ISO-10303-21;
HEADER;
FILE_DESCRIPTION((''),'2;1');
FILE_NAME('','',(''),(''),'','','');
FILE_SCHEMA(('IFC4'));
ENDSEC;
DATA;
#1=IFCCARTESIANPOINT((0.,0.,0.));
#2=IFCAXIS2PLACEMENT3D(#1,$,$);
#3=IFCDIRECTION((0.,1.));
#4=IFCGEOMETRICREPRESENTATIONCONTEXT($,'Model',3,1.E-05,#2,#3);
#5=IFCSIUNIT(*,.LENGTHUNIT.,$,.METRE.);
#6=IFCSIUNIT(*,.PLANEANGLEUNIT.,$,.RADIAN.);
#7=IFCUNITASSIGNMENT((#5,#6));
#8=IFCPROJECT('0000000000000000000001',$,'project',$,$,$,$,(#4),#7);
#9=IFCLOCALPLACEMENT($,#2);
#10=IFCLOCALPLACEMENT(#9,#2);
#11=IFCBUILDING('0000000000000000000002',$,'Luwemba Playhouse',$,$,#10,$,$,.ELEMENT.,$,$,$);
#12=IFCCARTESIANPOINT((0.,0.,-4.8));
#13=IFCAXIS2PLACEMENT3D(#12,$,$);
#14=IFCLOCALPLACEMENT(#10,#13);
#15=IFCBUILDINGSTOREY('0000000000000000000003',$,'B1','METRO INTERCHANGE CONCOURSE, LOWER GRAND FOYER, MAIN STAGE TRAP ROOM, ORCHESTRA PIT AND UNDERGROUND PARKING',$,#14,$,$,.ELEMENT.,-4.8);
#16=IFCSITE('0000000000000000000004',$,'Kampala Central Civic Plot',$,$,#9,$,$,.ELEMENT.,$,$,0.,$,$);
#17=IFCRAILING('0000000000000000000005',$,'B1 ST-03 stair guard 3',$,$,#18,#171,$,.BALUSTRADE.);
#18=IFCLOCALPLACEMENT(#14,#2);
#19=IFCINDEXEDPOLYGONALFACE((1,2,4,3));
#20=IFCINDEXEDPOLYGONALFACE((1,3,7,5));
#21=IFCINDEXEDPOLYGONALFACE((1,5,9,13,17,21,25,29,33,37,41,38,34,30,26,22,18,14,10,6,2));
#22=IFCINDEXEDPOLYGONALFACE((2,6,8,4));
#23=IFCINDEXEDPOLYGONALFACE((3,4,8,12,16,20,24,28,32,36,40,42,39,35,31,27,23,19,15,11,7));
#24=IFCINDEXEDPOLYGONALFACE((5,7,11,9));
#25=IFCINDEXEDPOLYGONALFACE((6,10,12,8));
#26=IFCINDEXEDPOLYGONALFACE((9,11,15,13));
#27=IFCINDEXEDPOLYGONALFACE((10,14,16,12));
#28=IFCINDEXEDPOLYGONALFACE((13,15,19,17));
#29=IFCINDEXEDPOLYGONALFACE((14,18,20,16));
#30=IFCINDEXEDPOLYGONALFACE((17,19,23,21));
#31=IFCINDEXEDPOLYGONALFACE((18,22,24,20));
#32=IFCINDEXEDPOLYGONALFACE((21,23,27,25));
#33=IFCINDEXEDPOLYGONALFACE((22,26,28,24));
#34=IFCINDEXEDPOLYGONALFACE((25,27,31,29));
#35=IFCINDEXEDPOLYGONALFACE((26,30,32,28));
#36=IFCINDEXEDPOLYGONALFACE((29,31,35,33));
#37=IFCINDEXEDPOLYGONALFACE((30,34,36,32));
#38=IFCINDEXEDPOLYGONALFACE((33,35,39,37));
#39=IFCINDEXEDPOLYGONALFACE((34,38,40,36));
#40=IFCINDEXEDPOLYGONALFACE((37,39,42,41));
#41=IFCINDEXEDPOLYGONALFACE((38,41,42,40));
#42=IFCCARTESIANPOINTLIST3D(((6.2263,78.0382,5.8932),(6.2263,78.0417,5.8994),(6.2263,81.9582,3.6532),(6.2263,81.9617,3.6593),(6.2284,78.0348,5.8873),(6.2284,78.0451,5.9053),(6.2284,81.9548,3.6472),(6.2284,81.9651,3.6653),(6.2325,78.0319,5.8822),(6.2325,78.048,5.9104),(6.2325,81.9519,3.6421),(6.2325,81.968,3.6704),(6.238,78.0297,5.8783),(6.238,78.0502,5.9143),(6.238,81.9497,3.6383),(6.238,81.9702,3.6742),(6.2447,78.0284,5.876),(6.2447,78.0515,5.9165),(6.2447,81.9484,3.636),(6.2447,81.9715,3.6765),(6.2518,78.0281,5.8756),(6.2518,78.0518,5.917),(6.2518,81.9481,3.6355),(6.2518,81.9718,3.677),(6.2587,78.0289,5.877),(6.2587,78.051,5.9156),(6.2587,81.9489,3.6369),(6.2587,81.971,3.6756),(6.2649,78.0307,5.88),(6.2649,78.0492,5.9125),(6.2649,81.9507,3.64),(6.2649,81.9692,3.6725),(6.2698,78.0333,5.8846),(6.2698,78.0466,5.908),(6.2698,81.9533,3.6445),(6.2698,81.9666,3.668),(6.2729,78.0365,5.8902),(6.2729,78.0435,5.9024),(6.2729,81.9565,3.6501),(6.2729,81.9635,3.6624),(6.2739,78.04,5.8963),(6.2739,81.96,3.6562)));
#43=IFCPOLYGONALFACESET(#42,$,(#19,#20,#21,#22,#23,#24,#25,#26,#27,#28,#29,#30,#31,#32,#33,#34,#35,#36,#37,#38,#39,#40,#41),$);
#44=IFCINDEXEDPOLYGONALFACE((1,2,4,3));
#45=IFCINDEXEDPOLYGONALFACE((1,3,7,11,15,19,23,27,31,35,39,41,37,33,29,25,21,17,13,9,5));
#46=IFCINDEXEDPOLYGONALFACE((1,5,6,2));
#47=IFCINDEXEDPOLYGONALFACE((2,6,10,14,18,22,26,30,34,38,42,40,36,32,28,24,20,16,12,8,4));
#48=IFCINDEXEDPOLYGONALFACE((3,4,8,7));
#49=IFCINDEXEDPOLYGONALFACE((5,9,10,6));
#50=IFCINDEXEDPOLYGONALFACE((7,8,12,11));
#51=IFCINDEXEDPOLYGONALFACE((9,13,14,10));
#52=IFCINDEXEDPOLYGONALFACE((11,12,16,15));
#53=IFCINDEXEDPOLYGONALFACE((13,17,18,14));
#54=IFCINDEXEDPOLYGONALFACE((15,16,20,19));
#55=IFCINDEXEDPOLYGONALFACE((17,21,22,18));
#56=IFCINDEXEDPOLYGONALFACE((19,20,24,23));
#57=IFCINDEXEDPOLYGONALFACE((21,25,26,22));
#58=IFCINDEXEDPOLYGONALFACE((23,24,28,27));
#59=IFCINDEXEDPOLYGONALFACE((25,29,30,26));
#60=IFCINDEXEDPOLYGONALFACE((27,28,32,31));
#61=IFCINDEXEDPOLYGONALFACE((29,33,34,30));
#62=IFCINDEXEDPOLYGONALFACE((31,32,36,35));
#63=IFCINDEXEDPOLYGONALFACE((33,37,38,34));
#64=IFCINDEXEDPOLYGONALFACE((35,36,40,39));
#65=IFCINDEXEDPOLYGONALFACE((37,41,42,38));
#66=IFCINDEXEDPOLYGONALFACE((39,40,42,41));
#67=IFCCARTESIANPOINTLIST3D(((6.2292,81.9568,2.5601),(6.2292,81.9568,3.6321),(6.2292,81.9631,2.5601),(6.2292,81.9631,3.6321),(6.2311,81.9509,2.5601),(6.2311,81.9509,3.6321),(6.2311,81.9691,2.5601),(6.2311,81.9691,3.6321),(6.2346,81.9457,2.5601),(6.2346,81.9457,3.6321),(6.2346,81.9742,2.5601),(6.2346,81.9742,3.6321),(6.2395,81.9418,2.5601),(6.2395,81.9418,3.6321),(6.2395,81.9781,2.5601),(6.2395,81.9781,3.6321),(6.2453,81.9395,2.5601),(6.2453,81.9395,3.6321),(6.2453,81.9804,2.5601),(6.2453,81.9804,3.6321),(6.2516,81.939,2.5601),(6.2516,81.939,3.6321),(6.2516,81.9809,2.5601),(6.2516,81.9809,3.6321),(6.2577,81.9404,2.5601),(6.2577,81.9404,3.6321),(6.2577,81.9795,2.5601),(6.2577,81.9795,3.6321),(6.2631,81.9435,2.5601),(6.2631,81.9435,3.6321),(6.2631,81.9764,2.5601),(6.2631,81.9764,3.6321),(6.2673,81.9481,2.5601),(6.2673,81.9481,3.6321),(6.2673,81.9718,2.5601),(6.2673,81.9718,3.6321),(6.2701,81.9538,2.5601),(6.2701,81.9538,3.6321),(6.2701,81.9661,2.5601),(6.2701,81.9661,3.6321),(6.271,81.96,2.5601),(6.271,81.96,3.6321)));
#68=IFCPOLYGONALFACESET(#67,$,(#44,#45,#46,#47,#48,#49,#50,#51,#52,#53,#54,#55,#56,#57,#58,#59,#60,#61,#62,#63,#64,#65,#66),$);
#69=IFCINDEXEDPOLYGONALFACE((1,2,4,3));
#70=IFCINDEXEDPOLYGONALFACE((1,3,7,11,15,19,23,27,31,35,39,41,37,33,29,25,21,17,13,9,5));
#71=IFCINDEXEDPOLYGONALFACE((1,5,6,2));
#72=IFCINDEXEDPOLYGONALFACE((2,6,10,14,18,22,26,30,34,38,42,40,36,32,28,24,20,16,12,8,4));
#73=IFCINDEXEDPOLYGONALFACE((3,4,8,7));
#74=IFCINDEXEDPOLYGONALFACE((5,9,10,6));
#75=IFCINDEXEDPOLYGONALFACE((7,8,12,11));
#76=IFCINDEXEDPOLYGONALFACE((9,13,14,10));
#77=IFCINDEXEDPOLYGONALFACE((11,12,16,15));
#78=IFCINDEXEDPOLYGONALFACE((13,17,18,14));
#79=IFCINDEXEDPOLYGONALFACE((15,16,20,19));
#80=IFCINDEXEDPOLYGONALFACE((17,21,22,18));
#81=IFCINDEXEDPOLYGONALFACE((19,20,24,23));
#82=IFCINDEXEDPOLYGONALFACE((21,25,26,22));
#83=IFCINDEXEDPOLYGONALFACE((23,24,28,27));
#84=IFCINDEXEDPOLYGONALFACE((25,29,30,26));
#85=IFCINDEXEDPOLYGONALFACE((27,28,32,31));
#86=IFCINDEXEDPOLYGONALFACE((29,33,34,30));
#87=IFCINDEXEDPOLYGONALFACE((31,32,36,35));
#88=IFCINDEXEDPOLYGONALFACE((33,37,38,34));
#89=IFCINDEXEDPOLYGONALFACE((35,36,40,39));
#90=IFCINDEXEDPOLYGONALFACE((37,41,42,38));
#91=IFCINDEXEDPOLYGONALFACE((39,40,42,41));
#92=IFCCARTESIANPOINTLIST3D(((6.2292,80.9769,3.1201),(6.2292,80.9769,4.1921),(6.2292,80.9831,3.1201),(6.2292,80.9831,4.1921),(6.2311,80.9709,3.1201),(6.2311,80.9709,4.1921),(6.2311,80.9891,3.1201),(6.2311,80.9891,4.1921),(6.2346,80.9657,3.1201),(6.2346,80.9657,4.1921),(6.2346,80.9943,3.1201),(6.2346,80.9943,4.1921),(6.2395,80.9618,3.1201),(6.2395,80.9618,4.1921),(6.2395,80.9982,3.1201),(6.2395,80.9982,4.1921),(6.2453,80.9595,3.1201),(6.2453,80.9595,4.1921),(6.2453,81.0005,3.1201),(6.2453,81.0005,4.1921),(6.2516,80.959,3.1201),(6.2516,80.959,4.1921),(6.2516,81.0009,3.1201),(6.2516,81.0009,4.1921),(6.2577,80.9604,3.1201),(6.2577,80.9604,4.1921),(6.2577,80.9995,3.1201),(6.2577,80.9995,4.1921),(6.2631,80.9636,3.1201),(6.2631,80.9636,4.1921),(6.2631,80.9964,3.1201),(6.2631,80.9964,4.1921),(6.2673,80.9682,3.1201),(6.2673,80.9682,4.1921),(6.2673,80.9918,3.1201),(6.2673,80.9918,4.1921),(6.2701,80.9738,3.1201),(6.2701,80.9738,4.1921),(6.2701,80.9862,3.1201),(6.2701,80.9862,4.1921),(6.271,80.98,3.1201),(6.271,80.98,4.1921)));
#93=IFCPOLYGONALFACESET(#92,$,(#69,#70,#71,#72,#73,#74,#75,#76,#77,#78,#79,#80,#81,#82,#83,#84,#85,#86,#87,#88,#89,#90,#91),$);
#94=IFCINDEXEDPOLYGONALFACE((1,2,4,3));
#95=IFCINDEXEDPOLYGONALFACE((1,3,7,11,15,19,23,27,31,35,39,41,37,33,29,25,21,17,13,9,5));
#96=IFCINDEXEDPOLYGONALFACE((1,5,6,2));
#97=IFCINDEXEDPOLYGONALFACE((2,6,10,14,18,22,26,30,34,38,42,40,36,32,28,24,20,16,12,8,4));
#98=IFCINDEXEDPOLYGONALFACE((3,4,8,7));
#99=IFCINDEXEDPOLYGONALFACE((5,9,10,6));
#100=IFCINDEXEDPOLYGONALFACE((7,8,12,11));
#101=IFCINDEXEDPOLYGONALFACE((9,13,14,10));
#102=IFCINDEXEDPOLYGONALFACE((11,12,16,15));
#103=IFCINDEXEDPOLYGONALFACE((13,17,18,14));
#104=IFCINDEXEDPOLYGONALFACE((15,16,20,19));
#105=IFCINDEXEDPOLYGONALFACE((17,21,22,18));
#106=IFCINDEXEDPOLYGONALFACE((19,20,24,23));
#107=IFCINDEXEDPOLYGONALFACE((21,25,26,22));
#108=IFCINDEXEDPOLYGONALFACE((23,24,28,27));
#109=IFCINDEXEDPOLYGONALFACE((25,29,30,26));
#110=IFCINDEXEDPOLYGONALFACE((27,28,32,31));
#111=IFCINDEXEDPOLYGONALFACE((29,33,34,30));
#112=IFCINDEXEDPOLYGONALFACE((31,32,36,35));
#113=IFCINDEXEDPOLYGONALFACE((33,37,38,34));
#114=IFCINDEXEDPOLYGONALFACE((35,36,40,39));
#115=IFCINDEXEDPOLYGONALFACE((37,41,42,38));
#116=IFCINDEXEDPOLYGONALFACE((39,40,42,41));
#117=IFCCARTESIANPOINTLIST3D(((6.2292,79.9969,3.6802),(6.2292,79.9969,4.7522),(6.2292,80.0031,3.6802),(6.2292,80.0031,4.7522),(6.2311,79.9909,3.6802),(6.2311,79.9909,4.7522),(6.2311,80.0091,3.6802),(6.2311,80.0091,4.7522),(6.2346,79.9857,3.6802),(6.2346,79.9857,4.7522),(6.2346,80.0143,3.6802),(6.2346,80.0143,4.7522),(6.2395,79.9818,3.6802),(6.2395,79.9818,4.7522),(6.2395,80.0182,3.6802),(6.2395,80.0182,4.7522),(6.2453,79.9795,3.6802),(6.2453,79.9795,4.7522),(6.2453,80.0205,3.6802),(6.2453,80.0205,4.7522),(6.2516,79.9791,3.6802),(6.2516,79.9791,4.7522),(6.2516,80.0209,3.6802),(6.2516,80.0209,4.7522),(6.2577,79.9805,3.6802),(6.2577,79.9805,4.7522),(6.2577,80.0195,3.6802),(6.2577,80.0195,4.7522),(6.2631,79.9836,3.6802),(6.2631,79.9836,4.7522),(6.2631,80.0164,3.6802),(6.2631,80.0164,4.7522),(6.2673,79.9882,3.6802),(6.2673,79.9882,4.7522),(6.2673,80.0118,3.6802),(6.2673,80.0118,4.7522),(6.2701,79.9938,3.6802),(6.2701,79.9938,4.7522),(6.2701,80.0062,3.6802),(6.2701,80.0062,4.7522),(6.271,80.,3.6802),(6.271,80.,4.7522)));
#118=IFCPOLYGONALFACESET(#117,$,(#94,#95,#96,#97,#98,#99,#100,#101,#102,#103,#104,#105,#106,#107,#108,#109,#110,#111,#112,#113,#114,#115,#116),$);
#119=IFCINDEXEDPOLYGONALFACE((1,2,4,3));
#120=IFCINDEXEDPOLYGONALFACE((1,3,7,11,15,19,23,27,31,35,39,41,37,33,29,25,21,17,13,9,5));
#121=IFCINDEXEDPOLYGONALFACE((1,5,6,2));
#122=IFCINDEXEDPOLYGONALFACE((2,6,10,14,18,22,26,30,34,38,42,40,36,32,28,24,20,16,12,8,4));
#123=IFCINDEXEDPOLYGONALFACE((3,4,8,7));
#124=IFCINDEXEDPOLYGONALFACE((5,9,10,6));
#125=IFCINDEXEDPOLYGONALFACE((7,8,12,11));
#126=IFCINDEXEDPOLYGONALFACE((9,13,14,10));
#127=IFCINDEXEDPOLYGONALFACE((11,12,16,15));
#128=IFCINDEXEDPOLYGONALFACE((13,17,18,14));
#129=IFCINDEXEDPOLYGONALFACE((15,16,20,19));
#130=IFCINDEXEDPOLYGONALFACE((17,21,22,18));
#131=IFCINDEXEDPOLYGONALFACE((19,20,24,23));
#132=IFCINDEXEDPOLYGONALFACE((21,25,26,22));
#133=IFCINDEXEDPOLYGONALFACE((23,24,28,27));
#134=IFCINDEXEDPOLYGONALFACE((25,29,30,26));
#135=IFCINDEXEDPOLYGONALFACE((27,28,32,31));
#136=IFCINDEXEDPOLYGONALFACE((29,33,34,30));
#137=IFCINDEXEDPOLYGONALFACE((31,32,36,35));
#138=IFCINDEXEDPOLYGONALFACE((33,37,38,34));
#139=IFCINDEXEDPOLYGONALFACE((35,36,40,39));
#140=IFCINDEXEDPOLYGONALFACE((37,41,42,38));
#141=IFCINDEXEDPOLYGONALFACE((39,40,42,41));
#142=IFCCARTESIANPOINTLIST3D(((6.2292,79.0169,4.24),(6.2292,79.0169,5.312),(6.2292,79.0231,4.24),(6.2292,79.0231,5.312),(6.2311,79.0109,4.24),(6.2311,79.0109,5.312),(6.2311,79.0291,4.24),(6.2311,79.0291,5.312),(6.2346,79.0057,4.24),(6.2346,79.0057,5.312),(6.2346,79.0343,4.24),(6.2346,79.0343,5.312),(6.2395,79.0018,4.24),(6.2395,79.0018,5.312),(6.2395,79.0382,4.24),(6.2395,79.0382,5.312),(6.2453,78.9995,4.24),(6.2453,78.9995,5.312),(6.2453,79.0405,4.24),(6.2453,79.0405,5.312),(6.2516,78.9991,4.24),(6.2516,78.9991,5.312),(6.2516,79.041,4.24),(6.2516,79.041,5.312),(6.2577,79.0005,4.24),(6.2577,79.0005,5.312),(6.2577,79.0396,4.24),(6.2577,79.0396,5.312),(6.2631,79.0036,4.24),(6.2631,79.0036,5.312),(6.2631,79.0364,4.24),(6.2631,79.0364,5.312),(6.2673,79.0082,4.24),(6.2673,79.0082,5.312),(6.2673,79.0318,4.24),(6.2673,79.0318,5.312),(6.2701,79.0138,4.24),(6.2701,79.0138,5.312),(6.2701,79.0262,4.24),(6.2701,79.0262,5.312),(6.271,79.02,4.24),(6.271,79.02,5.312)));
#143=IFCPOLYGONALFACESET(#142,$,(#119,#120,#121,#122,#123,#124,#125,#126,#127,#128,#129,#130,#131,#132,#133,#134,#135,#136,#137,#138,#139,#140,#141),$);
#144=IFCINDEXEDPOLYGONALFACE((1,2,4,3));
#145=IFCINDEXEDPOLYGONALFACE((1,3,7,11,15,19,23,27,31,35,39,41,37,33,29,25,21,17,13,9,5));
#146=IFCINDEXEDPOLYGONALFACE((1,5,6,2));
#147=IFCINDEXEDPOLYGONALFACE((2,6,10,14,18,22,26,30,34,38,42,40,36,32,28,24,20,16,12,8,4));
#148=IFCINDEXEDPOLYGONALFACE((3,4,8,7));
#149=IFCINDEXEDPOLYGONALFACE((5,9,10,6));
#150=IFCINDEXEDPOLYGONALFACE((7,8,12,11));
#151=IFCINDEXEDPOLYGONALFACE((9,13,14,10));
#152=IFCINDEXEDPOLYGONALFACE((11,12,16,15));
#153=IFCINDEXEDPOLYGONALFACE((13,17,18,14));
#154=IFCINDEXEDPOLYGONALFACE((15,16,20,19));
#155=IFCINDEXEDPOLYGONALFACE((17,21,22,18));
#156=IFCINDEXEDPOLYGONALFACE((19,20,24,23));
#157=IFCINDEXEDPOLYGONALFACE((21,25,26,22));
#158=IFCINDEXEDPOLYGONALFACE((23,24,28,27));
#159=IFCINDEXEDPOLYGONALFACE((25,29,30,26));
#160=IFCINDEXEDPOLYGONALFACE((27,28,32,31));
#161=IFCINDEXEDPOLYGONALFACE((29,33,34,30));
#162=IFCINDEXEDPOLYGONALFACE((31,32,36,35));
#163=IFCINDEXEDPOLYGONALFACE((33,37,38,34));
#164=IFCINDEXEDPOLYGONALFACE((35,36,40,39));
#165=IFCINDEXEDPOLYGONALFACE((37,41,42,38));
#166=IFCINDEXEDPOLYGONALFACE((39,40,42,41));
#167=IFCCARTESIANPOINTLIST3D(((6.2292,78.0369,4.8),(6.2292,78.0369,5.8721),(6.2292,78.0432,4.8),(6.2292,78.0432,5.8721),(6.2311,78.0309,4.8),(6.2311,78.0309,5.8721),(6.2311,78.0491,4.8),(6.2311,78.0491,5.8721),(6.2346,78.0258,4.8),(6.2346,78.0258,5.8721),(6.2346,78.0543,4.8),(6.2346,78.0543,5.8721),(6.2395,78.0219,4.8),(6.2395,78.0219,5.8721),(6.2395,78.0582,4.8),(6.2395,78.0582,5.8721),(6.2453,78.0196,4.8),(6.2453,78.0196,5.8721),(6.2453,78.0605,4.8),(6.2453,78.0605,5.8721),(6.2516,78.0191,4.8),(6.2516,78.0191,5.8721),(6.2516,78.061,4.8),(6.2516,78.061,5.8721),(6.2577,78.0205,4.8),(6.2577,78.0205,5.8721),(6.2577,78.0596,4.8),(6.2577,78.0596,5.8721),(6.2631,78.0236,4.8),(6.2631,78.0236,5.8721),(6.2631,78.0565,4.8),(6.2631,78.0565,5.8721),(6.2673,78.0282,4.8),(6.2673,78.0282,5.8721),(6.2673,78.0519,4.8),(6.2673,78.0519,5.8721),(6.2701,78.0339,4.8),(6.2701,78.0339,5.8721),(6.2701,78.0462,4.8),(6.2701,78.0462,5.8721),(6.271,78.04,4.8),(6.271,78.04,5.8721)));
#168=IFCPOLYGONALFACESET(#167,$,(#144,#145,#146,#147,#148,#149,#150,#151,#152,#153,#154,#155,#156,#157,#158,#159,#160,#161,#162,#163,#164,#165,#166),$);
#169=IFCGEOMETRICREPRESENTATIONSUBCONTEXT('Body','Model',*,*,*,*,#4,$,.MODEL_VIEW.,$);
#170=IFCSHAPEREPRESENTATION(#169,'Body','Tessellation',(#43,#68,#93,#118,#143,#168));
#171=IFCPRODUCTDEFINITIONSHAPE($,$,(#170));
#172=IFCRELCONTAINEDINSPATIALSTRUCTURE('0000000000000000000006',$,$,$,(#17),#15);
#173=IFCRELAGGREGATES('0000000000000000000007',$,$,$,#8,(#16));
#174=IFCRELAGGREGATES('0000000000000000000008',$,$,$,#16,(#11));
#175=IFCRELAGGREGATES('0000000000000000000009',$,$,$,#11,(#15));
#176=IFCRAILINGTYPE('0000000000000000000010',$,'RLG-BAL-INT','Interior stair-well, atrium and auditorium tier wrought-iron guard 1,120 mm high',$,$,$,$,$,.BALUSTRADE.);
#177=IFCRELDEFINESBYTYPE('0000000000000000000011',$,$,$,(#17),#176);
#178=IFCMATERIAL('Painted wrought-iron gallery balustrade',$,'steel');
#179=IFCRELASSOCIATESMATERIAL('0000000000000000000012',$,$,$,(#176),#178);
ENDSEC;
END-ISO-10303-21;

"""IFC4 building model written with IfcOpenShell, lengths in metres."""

from ifc_helpers import new_model, si_unit, direction, frame, origin, origin_2d, place, context, subcontext, project, spatial, circle, extrude, material, type_object, element, save


model = new_model("IFC4")

# Units and contexts
model_context = context("Model", 3, precision=1e-05, world=origin(), true_north=direction((0.0, 1.0)))
body_context = subcontext(model_context, "Body", "Model", "MODEL_VIEW")
ifc_project = project(units=[si_unit("LENGTHUNIT", "METRE"), si_unit("PLANEANGLEUNIT", "RADIAN")], contexts=[model_context])

# Site, building, storey
site_placement = place(None, origin())
site = spatial("IfcSite", under=ifc_project, at=site_placement, Name="Kampala Central Civic Plot", CompositionType="ELEMENT", RefElevation=0.0)
building_placement = place(site_placement, origin())
building = spatial("IfcBuilding", under=site, at=building_placement, Name="Luwemba Playhouse", CompositionType="ELEMENT")
storey_placement = place(building_placement, frame((0.0, 0.0, -4.8)))
storey = spatial("IfcBuildingStorey", under=building, at=storey_placement, Name="B1", Description="METRO INTERCHANGE CONCOURSE, LOWER GRAND FOYER, MAIN STAGE TRAP ROOM, ORCHESTRA PIT AND UNDERGROUND PARKING", CompositionType="ELEMENT", Elevation=-4.8)

# Railing
ifc_material_1 = material(Name="Painted wrought-iron gallery balustrade", Category="steel")
railing_type_1 = type_object("IfcRailingType", Name="RLG-BAL-INT", Description="Interior stair-well, atrium and auditorium tier wrought-iron guard 1,120 mm high", PredefinedType="BALUSTRADE", material=ifc_material_1)
railing_1_placement = place(storey_placement, frame((6.25, 81.96, 2.5601)))
element("IfcRailing", 1, at=railing_1_placement, inside=storey, type_object=railing_type_1, Name="B1 ST-03 stair guard 3", PredefinedType="BALUSTRADE", context=body_context, shape_type="SweptSolid", body=[
    extrude(circle(Radius=0.0239, at=origin_2d()), frame((0.0, 0.0, 1.0962), z_axis=(0.0, -0.86824, 0.496145), x_axis=(1.0, 0.0, 0.0)), (0.0, 0.0, 1.0), 4.5149),
    extrude(circle(Radius=0.021, at=origin_2d()), origin(), (0.0, 0.0, 1.0), 1.072),
    extrude(circle(Radius=0.021, at=origin_2d()), frame((0.0, -0.98, 0.5601)), (0.0, 0.0, 1.0), 1.072),
    extrude(circle(Radius=0.021, at=origin_2d()), frame((0.0, -1.96, 1.1201)), (0.0, 0.0, 1.0), 1.072),
    extrude(circle(Radius=0.021, at=origin_2d()), frame((0.0, -2.9399, 1.6799)), (0.0, 0.0, 1.0), 1.072),
    extrude(circle(Radius=0.021, at=origin_2d()), frame((0.0, -3.9199, 2.24)), (0.0, 0.0, 1.0), 1.072),
])

save(model, "model.ifc")
